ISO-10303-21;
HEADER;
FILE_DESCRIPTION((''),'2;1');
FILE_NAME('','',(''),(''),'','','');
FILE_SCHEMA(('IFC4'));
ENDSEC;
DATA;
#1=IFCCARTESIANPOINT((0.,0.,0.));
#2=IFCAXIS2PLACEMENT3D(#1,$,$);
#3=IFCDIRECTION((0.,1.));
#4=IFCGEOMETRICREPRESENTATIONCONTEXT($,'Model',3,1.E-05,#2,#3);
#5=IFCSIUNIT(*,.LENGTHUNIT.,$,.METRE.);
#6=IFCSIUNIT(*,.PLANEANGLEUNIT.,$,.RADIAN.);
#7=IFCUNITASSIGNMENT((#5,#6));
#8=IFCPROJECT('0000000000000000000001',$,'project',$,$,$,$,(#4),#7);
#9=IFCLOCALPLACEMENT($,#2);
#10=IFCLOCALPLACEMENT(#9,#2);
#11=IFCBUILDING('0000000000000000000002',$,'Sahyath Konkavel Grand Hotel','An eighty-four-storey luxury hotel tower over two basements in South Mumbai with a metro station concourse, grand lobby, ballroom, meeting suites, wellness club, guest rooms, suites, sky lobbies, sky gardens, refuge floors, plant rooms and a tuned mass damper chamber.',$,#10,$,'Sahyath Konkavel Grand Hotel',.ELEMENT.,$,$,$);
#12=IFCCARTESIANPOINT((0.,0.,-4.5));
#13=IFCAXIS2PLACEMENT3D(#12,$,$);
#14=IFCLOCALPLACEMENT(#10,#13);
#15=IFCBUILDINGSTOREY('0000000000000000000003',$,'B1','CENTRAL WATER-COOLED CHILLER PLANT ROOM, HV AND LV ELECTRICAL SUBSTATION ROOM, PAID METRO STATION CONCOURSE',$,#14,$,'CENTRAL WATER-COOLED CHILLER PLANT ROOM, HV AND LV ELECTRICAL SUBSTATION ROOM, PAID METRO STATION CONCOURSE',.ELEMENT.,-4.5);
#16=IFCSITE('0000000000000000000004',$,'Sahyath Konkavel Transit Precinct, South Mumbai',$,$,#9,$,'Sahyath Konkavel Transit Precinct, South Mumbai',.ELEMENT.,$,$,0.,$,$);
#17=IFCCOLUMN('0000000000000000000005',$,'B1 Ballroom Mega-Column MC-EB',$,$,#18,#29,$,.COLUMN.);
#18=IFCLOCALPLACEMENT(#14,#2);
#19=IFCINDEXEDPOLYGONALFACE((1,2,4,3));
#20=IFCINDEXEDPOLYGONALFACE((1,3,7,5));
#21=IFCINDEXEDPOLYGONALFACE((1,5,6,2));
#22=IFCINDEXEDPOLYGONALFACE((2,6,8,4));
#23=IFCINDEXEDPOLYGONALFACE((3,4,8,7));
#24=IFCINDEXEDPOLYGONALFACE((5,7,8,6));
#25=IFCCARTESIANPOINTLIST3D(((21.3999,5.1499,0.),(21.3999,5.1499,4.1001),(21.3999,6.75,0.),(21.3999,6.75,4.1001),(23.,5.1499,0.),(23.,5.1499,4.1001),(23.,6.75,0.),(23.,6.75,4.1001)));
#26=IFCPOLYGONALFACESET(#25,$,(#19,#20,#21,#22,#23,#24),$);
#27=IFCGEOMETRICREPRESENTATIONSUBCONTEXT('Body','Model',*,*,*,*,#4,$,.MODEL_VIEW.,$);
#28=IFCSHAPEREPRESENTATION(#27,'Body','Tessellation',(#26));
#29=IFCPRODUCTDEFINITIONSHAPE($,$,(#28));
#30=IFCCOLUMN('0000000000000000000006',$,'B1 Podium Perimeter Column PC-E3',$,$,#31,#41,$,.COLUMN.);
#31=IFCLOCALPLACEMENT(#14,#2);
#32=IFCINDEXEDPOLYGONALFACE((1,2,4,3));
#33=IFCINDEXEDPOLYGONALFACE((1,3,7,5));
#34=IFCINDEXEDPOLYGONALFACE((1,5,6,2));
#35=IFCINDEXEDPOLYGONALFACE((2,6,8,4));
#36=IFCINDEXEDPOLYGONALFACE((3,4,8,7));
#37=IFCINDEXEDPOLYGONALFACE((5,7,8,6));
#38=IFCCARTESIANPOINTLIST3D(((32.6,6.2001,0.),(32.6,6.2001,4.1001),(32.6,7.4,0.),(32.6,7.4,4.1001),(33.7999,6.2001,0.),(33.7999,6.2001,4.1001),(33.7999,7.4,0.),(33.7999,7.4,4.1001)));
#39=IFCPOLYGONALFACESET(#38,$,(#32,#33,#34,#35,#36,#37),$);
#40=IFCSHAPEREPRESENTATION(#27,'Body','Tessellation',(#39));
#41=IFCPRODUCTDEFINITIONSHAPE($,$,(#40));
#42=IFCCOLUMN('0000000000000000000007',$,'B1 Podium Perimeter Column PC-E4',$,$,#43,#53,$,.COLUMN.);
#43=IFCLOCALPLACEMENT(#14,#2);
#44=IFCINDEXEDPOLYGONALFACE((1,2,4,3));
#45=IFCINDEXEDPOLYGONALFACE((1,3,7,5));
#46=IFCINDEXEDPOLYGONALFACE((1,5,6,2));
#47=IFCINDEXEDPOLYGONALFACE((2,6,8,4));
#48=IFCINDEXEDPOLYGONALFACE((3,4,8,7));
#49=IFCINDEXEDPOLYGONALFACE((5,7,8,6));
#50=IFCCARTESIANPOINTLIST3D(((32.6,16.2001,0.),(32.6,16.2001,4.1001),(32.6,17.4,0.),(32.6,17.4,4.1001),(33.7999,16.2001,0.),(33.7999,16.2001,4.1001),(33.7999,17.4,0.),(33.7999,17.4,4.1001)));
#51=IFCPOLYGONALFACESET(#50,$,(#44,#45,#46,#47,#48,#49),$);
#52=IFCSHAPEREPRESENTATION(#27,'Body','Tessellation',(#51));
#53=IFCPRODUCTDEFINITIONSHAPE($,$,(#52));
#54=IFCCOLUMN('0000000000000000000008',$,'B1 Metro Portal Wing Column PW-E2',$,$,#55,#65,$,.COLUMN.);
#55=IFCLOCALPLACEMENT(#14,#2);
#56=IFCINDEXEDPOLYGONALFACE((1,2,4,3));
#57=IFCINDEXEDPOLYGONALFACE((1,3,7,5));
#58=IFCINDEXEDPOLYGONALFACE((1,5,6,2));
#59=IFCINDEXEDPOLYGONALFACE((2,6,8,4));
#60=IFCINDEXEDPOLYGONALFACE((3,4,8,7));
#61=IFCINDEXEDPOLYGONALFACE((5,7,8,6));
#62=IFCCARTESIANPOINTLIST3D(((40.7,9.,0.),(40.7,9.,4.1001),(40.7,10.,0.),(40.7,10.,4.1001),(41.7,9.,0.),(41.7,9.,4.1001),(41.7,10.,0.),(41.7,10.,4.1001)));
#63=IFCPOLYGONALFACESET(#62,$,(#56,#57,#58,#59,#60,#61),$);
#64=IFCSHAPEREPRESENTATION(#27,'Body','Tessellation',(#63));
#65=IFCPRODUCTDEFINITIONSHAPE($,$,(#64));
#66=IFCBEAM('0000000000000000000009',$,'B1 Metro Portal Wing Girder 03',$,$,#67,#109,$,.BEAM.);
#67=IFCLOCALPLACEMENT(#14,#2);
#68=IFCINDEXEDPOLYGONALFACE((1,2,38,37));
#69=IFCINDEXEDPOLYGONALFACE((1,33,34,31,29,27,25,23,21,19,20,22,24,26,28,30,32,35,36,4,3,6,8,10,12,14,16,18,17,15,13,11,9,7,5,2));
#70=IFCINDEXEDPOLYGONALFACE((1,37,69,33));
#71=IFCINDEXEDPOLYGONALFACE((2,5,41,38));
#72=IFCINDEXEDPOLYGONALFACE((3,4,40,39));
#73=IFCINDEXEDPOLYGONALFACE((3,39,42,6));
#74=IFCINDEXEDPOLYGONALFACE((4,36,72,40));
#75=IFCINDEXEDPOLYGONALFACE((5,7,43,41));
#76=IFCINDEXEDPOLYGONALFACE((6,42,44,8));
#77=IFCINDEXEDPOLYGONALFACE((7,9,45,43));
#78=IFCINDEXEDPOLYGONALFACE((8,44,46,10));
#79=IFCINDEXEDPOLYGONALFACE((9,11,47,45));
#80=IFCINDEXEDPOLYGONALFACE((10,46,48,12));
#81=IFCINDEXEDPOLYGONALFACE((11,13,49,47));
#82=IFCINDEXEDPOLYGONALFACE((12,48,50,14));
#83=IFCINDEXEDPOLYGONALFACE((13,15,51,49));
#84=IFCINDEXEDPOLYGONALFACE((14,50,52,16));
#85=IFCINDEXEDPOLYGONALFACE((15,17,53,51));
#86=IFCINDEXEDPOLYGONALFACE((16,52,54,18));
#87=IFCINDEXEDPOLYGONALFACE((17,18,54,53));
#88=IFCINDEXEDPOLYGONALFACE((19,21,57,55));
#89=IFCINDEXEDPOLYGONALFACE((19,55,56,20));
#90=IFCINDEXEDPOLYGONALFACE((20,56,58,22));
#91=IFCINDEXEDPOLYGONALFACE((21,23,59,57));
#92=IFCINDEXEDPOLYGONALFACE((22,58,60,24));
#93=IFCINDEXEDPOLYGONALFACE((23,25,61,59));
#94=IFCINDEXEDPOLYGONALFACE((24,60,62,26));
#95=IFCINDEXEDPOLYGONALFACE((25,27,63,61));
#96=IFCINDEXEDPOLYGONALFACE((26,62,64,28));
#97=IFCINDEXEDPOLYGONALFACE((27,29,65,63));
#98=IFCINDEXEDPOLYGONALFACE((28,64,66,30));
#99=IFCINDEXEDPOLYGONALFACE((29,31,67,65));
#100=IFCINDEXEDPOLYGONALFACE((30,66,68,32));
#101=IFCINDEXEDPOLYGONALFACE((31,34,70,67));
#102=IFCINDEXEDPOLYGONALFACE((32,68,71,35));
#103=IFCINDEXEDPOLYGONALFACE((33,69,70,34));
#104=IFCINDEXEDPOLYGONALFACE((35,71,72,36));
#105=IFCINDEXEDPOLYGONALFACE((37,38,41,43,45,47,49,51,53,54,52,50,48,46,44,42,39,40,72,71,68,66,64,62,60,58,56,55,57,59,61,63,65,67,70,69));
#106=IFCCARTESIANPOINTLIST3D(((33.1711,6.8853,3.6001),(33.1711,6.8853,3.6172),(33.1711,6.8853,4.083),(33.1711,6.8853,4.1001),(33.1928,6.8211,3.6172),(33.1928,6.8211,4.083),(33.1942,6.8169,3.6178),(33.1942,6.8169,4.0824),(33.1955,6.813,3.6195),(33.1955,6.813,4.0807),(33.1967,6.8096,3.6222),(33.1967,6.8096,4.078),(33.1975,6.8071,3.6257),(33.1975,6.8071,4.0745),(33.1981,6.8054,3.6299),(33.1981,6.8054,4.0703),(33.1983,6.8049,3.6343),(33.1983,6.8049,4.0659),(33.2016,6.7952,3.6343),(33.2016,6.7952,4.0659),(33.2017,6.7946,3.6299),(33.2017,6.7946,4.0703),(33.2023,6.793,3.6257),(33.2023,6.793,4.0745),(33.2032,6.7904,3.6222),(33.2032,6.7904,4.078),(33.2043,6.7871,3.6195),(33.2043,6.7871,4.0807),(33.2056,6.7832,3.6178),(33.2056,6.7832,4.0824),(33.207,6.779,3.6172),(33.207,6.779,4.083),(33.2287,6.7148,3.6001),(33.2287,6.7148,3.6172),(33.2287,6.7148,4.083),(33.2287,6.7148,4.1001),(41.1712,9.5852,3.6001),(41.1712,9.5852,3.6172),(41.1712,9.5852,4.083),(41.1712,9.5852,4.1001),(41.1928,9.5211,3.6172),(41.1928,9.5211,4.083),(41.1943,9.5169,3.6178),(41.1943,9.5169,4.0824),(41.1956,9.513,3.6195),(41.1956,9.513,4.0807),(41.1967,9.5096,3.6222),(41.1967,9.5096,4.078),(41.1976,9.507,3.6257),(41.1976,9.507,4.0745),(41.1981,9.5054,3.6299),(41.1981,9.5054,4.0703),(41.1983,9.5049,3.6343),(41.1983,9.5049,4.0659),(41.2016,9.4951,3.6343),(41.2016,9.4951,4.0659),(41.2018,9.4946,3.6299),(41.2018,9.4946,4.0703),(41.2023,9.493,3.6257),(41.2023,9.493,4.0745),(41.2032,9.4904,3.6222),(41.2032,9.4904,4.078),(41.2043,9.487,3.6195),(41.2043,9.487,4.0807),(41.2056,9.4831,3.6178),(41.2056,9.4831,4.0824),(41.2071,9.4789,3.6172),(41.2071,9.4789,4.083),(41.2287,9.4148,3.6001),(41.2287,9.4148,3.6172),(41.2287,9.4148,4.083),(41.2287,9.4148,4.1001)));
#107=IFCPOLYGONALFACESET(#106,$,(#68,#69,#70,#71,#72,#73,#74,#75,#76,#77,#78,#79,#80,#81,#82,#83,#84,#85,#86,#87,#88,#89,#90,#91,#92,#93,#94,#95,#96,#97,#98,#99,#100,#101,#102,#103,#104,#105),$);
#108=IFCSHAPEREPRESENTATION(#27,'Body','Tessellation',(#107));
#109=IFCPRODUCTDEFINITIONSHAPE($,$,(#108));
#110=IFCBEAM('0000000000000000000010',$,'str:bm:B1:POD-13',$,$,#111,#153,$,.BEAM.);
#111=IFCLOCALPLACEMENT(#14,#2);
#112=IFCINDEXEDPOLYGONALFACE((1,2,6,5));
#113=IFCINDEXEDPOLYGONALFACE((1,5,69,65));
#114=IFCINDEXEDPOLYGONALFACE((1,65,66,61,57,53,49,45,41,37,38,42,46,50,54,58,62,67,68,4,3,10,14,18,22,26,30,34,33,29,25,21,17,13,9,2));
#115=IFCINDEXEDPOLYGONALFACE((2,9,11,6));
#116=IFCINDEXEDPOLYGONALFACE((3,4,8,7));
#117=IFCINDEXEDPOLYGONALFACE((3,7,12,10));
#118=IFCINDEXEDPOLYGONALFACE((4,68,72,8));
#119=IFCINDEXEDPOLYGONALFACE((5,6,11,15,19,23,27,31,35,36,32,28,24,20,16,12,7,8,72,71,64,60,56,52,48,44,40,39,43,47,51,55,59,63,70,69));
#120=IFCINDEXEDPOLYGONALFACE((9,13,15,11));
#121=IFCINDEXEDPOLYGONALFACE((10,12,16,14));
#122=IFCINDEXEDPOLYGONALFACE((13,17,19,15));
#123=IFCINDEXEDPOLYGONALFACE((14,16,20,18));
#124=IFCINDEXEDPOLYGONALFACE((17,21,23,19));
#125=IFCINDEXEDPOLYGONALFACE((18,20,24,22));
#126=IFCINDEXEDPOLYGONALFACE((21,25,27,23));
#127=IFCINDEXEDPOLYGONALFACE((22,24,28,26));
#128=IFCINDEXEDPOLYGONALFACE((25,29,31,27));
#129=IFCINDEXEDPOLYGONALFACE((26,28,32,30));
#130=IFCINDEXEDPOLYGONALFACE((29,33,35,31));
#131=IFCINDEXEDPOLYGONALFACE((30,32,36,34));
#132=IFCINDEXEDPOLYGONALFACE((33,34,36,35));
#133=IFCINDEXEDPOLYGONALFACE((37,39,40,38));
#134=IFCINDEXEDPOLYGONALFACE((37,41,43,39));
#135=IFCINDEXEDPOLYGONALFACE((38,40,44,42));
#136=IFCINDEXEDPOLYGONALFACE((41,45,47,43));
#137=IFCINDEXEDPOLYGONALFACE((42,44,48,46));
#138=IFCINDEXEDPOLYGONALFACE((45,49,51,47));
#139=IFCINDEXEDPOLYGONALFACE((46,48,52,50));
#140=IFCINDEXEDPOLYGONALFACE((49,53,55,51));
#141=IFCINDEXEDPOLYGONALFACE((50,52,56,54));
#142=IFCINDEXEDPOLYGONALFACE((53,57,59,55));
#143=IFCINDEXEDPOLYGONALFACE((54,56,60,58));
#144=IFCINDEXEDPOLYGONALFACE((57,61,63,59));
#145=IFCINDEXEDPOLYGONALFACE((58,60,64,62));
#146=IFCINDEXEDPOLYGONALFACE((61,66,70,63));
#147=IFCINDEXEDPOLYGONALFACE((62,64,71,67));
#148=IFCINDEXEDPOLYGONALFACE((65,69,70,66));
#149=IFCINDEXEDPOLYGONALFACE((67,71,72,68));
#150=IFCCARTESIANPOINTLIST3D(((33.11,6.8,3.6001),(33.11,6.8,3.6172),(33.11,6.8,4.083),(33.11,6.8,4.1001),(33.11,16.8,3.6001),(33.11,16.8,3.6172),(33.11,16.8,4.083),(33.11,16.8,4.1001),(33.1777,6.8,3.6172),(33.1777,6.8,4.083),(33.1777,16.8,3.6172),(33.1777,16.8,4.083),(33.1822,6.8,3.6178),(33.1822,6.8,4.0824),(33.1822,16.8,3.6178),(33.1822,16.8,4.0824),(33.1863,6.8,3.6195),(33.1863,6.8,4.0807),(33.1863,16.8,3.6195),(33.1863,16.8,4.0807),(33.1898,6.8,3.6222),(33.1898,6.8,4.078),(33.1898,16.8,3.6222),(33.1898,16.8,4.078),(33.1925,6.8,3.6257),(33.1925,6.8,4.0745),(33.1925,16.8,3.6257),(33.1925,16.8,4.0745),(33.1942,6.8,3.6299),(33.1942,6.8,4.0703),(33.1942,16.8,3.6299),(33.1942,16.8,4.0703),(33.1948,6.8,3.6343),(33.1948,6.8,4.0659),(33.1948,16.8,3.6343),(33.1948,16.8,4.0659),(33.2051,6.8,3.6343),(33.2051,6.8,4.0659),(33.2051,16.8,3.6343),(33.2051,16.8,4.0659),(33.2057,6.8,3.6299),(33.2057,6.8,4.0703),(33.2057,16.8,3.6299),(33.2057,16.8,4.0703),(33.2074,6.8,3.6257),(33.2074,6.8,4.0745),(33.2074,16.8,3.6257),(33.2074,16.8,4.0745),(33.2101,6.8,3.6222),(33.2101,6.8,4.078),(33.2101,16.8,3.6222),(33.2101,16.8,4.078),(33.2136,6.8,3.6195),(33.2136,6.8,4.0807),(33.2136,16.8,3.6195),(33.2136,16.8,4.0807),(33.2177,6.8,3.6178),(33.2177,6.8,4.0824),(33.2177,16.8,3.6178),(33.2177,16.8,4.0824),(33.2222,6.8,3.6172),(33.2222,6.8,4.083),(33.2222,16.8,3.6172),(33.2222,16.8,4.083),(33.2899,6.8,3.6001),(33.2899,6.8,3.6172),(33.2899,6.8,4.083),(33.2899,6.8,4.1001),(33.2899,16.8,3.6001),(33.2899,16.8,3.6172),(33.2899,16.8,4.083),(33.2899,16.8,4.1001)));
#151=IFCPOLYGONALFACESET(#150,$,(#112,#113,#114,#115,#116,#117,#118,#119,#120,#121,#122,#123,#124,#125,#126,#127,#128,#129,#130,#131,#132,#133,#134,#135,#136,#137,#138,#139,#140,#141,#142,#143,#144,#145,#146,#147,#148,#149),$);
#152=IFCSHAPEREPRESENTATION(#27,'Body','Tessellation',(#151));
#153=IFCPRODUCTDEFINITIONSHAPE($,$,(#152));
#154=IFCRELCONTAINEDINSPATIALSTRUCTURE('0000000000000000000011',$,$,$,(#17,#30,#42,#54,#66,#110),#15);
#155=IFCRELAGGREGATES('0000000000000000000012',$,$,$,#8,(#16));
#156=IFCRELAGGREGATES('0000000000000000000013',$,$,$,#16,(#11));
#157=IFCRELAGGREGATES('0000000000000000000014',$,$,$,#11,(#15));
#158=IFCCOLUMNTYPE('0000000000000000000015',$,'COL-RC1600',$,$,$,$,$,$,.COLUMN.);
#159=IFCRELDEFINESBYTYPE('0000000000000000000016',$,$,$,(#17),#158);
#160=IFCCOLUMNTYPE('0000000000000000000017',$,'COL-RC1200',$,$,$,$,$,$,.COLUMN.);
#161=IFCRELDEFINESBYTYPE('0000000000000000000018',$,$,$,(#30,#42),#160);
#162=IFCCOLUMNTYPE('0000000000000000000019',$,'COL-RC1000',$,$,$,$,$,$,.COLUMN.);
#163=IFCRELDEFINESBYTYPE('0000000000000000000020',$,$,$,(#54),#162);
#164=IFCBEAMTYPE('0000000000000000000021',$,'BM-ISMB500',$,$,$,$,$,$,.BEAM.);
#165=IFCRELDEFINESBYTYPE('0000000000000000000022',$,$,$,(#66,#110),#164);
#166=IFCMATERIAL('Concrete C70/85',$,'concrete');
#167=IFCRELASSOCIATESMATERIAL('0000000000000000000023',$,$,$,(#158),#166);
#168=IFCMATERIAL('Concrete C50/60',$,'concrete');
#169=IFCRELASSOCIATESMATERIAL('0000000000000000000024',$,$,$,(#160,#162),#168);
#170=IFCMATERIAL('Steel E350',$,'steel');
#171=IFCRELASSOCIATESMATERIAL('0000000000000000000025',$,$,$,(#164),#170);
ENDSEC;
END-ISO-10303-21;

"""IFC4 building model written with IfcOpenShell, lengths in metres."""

from ifc_helpers import new_model, si_unit, direction, frame, origin, origin_2d, place, context, subcontext, project, spatial, rectangle, i_section, extrude, source, transform, mapped, material, material_profile, profile_set, type_object, element, save


model = new_model("IFC4")

# Units and contexts
model_context = context("Model", 3, precision=1e-05, world=origin(), true_north=direction((0.0, 1.0)))
body_context = subcontext(model_context, "Body", "Model", "MODEL_VIEW")
ifc_project = project(units=[si_unit("LENGTHUNIT", "METRE"), si_unit("PLANEANGLEUNIT", "RADIAN")], contexts=[model_context])

# Site, building, storey
site_placement = place(None, origin())
site = spatial("IfcSite", under=ifc_project, at=site_placement, Name="Sahyath Konkavel Transit Precinct, South Mumbai", LongName="Sahyath Konkavel Transit Precinct, South Mumbai", CompositionType="ELEMENT", RefElevation=0.0)
building_placement = place(site_placement, origin())
building = spatial("IfcBuilding", under=site, at=building_placement, Name="Sahyath Konkavel Grand Hotel", Description="An eighty-four-storey luxury hotel tower over two basements in South Mumbai with a metro station concourse, grand lobby, ballroom, meeting suites, wellness club, guest rooms, suites, sky lobbies, sky gardens, refuge floors, plant rooms and a tuned mass damper chamber.", LongName="Sahyath Konkavel Grand Hotel", CompositionType="ELEMENT")
storey_placement = place(building_placement, frame((0.0, 0.0, -4.5)))
storey = spatial("IfcBuildingStorey", under=building, at=storey_placement, Name="B1", Description="CENTRAL WATER-COOLED CHILLER PLANT ROOM, HV AND LV ELECTRICAL SUBSTATION ROOM, PAID METRO STATION CONCOURSE", LongName="CENTRAL WATER-COOLED CHILLER PLANT ROOM, HV AND LV ELECTRICAL SUBSTATION ROOM, PAID METRO STATION CONCOURSE", CompositionType="ELEMENT", Elevation=-4.5)

# Columns
ifc_material_1 = material(Name="Concrete C70/85", Category="concrete")
ifc_material_profile_1 = material_profile(ifc_material_1, rectangle(XDim=1.6001, YDim=1.6001, at=origin_2d()), Name="RC 1600x1600")
ifc_profile_set_1 = profile_set([ifc_material_profile_1], Name="Concrete C70/85")
column_type_1 = type_object("IfcColumnType", Name="COL-RC1600", PredefinedType="COLUMN", material=ifc_profile_set_1)
shared_shape_1 = source(origin(), body_context, "Body", "SweptSolid", [
    extrude(rectangle(XDim=1.6001, YDim=1.6001, at=origin_2d()), origin(), (0.0, 0.0, 1.0), 4.1001),
])
column_1_placement = place(storey_placement, frame((22.2, 5.95, 0.0), z_axis=(0.0, 0.0, 1.0), x_axis=(1.0, 0.0, 0.0)))
element("IfcColumn", 1, at=column_1_placement, inside=storey, type_object=column_type_1, Name="B1 Ballroom Mega-Column MC-EB", PredefinedType="COLUMN", context=body_context, shape_type="MappedRepresentation", body=[
    mapped(shared_shape_1, transform((0.0, 0.0, 0.0), scale=1.0)),
])
ifc_material_2 = material(Name="Concrete C50/60", Category="concrete")
ifc_material_profile_2 = material_profile(ifc_material_2, rectangle(XDim=1.2, YDim=1.2, at=origin_2d()), Name="RC 1200x1200")
ifc_profile_set_2 = profile_set([ifc_material_profile_2], Name="Concrete C50/60")
column_type_2 = type_object("IfcColumnType", Name="COL-RC1200", PredefinedType="COLUMN", material=ifc_profile_set_2)
shared_shape_2 = source(origin(), body_context, "Body", "SweptSolid", [
    extrude(rectangle(XDim=1.2, YDim=1.2, at=origin_2d()), origin(), (0.0, 0.0, 1.0), 4.1001),
])
for number, where, z_axis, x_axis, name in (
    (2, (33.2, 6.8, 0.0), (0.0, 0.0, 1.0), (1.0, 0.0, 0.0), "B1 Podium Perimeter Column PC-E3"),
    (3, (33.2, 16.8, 0.0), (0.0, 0.0, 1.0), (1.0, 0.0, 0.0), "B1 Podium Perimeter Column PC-E4"),
):
    element("IfcColumn", number, at=place(storey_placement, frame(where, z_axis=z_axis, x_axis=x_axis)), inside=storey, type_object=column_type_2, Name=name, PredefinedType="COLUMN", context=body_context, shape_type="MappedRepresentation", body=[
        mapped(shared_shape_2, transform((0.0, 0.0, 0.0), scale=1.0)),
    ])
ifc_material_profile_3 = material_profile(ifc_material_2, rectangle(XDim=1.0, YDim=1.0, at=origin_2d()), Name="RC 1000x1000")
ifc_profile_set_3 = profile_set([ifc_material_profile_3], Name="Concrete C50/60")
column_type_3 = type_object("IfcColumnType", Name="COL-RC1000", PredefinedType="COLUMN", material=ifc_profile_set_3)
shared_shape_3 = source(origin(), body_context, "Body", "SweptSolid", [
    extrude(rectangle(XDim=1.0, YDim=1.0, at=origin_2d()), origin(), (0.0, 0.0, 1.0), 4.1001),
])
column_2_placement = place(storey_placement, frame((41.2, 9.5, 0.0), z_axis=(0.0, 0.0, 1.0), x_axis=(1.0, 0.0, 0.0)))
element("IfcColumn", 4, at=column_2_placement, inside=storey, type_object=column_type_3, Name="B1 Metro Portal Wing Column PW-E2", PredefinedType="COLUMN", context=body_context, shape_type="MappedRepresentation", body=[
    mapped(shared_shape_3, transform((0.0, 0.0, 0.0), scale=1.0)),
])

# Beams
ifc_material_3 = material(Name="Steel E350", Category="steel")
ifc_material_profile_4 = material_profile(ifc_material_3, i_section(OverallWidth=0.1799, OverallDepth=0.5, WebThickness=0.0103, FlangeThickness=0.0171, FilletRadius=0.0171, at=origin_2d()), Name="ISMB 500")
ifc_profile_set_4 = profile_set([ifc_material_profile_4], Name="Steel E350")
beam_type_1 = type_object("IfcBeamType", Name="BM-ISMB500", PredefinedType="BEAM", material=ifc_profile_set_4)
shared_shape_4 = source(origin(), body_context, "Body", "SweptSolid", [
    extrude(i_section(OverallWidth=0.1799, OverallDepth=0.5, WebThickness=0.0103, FlangeThickness=0.0171, FilletRadius=0.0171, at=origin_2d()), origin(), (0.0, 0.0, 1.0), 8.4434),
])
beam_1_placement = place(storey_placement, frame((41.2, 9.5, 3.8501), z_axis=(-0.947494, -0.319773, 0.0), x_axis=(0.319773, -0.947494, 0.0)))
element("IfcBeam", 5, at=beam_1_placement, inside=storey, type_object=beam_type_1, Name="B1 Metro Portal Wing Girder 03", PredefinedType="BEAM", context=body_context, shape_type="MappedRepresentation", body=[
    mapped(shared_shape_4, transform((0.0, 0.0, 0.0), scale=1.0)),
])
shared_shape_5 = source(origin(), body_context, "Body", "SweptSolid", [
    extrude(i_section(OverallWidth=0.1799, OverallDepth=0.5, WebThickness=0.0103, FlangeThickness=0.0171, FilletRadius=0.0171, at=origin_2d()), origin(), (0.0, 0.0, 1.0), 10.0),
])
beam_2_placement = place(storey_placement, frame((33.2, 6.8, 3.8501), z_axis=(0.0, 1.0, 0.0), x_axis=(-1.0, 0.0, 0.0)))
element("IfcBeam", 6, at=beam_2_placement, inside=storey, type_object=beam_type_1, Name="str:bm:B1:POD-13", PredefinedType="BEAM", context=body_context, shape_type="MappedRepresentation", body=[
    mapped(shared_shape_5, transform((0.0, 0.0, 0.0), scale=1.0)),
])

save(model, "model.ifc")
